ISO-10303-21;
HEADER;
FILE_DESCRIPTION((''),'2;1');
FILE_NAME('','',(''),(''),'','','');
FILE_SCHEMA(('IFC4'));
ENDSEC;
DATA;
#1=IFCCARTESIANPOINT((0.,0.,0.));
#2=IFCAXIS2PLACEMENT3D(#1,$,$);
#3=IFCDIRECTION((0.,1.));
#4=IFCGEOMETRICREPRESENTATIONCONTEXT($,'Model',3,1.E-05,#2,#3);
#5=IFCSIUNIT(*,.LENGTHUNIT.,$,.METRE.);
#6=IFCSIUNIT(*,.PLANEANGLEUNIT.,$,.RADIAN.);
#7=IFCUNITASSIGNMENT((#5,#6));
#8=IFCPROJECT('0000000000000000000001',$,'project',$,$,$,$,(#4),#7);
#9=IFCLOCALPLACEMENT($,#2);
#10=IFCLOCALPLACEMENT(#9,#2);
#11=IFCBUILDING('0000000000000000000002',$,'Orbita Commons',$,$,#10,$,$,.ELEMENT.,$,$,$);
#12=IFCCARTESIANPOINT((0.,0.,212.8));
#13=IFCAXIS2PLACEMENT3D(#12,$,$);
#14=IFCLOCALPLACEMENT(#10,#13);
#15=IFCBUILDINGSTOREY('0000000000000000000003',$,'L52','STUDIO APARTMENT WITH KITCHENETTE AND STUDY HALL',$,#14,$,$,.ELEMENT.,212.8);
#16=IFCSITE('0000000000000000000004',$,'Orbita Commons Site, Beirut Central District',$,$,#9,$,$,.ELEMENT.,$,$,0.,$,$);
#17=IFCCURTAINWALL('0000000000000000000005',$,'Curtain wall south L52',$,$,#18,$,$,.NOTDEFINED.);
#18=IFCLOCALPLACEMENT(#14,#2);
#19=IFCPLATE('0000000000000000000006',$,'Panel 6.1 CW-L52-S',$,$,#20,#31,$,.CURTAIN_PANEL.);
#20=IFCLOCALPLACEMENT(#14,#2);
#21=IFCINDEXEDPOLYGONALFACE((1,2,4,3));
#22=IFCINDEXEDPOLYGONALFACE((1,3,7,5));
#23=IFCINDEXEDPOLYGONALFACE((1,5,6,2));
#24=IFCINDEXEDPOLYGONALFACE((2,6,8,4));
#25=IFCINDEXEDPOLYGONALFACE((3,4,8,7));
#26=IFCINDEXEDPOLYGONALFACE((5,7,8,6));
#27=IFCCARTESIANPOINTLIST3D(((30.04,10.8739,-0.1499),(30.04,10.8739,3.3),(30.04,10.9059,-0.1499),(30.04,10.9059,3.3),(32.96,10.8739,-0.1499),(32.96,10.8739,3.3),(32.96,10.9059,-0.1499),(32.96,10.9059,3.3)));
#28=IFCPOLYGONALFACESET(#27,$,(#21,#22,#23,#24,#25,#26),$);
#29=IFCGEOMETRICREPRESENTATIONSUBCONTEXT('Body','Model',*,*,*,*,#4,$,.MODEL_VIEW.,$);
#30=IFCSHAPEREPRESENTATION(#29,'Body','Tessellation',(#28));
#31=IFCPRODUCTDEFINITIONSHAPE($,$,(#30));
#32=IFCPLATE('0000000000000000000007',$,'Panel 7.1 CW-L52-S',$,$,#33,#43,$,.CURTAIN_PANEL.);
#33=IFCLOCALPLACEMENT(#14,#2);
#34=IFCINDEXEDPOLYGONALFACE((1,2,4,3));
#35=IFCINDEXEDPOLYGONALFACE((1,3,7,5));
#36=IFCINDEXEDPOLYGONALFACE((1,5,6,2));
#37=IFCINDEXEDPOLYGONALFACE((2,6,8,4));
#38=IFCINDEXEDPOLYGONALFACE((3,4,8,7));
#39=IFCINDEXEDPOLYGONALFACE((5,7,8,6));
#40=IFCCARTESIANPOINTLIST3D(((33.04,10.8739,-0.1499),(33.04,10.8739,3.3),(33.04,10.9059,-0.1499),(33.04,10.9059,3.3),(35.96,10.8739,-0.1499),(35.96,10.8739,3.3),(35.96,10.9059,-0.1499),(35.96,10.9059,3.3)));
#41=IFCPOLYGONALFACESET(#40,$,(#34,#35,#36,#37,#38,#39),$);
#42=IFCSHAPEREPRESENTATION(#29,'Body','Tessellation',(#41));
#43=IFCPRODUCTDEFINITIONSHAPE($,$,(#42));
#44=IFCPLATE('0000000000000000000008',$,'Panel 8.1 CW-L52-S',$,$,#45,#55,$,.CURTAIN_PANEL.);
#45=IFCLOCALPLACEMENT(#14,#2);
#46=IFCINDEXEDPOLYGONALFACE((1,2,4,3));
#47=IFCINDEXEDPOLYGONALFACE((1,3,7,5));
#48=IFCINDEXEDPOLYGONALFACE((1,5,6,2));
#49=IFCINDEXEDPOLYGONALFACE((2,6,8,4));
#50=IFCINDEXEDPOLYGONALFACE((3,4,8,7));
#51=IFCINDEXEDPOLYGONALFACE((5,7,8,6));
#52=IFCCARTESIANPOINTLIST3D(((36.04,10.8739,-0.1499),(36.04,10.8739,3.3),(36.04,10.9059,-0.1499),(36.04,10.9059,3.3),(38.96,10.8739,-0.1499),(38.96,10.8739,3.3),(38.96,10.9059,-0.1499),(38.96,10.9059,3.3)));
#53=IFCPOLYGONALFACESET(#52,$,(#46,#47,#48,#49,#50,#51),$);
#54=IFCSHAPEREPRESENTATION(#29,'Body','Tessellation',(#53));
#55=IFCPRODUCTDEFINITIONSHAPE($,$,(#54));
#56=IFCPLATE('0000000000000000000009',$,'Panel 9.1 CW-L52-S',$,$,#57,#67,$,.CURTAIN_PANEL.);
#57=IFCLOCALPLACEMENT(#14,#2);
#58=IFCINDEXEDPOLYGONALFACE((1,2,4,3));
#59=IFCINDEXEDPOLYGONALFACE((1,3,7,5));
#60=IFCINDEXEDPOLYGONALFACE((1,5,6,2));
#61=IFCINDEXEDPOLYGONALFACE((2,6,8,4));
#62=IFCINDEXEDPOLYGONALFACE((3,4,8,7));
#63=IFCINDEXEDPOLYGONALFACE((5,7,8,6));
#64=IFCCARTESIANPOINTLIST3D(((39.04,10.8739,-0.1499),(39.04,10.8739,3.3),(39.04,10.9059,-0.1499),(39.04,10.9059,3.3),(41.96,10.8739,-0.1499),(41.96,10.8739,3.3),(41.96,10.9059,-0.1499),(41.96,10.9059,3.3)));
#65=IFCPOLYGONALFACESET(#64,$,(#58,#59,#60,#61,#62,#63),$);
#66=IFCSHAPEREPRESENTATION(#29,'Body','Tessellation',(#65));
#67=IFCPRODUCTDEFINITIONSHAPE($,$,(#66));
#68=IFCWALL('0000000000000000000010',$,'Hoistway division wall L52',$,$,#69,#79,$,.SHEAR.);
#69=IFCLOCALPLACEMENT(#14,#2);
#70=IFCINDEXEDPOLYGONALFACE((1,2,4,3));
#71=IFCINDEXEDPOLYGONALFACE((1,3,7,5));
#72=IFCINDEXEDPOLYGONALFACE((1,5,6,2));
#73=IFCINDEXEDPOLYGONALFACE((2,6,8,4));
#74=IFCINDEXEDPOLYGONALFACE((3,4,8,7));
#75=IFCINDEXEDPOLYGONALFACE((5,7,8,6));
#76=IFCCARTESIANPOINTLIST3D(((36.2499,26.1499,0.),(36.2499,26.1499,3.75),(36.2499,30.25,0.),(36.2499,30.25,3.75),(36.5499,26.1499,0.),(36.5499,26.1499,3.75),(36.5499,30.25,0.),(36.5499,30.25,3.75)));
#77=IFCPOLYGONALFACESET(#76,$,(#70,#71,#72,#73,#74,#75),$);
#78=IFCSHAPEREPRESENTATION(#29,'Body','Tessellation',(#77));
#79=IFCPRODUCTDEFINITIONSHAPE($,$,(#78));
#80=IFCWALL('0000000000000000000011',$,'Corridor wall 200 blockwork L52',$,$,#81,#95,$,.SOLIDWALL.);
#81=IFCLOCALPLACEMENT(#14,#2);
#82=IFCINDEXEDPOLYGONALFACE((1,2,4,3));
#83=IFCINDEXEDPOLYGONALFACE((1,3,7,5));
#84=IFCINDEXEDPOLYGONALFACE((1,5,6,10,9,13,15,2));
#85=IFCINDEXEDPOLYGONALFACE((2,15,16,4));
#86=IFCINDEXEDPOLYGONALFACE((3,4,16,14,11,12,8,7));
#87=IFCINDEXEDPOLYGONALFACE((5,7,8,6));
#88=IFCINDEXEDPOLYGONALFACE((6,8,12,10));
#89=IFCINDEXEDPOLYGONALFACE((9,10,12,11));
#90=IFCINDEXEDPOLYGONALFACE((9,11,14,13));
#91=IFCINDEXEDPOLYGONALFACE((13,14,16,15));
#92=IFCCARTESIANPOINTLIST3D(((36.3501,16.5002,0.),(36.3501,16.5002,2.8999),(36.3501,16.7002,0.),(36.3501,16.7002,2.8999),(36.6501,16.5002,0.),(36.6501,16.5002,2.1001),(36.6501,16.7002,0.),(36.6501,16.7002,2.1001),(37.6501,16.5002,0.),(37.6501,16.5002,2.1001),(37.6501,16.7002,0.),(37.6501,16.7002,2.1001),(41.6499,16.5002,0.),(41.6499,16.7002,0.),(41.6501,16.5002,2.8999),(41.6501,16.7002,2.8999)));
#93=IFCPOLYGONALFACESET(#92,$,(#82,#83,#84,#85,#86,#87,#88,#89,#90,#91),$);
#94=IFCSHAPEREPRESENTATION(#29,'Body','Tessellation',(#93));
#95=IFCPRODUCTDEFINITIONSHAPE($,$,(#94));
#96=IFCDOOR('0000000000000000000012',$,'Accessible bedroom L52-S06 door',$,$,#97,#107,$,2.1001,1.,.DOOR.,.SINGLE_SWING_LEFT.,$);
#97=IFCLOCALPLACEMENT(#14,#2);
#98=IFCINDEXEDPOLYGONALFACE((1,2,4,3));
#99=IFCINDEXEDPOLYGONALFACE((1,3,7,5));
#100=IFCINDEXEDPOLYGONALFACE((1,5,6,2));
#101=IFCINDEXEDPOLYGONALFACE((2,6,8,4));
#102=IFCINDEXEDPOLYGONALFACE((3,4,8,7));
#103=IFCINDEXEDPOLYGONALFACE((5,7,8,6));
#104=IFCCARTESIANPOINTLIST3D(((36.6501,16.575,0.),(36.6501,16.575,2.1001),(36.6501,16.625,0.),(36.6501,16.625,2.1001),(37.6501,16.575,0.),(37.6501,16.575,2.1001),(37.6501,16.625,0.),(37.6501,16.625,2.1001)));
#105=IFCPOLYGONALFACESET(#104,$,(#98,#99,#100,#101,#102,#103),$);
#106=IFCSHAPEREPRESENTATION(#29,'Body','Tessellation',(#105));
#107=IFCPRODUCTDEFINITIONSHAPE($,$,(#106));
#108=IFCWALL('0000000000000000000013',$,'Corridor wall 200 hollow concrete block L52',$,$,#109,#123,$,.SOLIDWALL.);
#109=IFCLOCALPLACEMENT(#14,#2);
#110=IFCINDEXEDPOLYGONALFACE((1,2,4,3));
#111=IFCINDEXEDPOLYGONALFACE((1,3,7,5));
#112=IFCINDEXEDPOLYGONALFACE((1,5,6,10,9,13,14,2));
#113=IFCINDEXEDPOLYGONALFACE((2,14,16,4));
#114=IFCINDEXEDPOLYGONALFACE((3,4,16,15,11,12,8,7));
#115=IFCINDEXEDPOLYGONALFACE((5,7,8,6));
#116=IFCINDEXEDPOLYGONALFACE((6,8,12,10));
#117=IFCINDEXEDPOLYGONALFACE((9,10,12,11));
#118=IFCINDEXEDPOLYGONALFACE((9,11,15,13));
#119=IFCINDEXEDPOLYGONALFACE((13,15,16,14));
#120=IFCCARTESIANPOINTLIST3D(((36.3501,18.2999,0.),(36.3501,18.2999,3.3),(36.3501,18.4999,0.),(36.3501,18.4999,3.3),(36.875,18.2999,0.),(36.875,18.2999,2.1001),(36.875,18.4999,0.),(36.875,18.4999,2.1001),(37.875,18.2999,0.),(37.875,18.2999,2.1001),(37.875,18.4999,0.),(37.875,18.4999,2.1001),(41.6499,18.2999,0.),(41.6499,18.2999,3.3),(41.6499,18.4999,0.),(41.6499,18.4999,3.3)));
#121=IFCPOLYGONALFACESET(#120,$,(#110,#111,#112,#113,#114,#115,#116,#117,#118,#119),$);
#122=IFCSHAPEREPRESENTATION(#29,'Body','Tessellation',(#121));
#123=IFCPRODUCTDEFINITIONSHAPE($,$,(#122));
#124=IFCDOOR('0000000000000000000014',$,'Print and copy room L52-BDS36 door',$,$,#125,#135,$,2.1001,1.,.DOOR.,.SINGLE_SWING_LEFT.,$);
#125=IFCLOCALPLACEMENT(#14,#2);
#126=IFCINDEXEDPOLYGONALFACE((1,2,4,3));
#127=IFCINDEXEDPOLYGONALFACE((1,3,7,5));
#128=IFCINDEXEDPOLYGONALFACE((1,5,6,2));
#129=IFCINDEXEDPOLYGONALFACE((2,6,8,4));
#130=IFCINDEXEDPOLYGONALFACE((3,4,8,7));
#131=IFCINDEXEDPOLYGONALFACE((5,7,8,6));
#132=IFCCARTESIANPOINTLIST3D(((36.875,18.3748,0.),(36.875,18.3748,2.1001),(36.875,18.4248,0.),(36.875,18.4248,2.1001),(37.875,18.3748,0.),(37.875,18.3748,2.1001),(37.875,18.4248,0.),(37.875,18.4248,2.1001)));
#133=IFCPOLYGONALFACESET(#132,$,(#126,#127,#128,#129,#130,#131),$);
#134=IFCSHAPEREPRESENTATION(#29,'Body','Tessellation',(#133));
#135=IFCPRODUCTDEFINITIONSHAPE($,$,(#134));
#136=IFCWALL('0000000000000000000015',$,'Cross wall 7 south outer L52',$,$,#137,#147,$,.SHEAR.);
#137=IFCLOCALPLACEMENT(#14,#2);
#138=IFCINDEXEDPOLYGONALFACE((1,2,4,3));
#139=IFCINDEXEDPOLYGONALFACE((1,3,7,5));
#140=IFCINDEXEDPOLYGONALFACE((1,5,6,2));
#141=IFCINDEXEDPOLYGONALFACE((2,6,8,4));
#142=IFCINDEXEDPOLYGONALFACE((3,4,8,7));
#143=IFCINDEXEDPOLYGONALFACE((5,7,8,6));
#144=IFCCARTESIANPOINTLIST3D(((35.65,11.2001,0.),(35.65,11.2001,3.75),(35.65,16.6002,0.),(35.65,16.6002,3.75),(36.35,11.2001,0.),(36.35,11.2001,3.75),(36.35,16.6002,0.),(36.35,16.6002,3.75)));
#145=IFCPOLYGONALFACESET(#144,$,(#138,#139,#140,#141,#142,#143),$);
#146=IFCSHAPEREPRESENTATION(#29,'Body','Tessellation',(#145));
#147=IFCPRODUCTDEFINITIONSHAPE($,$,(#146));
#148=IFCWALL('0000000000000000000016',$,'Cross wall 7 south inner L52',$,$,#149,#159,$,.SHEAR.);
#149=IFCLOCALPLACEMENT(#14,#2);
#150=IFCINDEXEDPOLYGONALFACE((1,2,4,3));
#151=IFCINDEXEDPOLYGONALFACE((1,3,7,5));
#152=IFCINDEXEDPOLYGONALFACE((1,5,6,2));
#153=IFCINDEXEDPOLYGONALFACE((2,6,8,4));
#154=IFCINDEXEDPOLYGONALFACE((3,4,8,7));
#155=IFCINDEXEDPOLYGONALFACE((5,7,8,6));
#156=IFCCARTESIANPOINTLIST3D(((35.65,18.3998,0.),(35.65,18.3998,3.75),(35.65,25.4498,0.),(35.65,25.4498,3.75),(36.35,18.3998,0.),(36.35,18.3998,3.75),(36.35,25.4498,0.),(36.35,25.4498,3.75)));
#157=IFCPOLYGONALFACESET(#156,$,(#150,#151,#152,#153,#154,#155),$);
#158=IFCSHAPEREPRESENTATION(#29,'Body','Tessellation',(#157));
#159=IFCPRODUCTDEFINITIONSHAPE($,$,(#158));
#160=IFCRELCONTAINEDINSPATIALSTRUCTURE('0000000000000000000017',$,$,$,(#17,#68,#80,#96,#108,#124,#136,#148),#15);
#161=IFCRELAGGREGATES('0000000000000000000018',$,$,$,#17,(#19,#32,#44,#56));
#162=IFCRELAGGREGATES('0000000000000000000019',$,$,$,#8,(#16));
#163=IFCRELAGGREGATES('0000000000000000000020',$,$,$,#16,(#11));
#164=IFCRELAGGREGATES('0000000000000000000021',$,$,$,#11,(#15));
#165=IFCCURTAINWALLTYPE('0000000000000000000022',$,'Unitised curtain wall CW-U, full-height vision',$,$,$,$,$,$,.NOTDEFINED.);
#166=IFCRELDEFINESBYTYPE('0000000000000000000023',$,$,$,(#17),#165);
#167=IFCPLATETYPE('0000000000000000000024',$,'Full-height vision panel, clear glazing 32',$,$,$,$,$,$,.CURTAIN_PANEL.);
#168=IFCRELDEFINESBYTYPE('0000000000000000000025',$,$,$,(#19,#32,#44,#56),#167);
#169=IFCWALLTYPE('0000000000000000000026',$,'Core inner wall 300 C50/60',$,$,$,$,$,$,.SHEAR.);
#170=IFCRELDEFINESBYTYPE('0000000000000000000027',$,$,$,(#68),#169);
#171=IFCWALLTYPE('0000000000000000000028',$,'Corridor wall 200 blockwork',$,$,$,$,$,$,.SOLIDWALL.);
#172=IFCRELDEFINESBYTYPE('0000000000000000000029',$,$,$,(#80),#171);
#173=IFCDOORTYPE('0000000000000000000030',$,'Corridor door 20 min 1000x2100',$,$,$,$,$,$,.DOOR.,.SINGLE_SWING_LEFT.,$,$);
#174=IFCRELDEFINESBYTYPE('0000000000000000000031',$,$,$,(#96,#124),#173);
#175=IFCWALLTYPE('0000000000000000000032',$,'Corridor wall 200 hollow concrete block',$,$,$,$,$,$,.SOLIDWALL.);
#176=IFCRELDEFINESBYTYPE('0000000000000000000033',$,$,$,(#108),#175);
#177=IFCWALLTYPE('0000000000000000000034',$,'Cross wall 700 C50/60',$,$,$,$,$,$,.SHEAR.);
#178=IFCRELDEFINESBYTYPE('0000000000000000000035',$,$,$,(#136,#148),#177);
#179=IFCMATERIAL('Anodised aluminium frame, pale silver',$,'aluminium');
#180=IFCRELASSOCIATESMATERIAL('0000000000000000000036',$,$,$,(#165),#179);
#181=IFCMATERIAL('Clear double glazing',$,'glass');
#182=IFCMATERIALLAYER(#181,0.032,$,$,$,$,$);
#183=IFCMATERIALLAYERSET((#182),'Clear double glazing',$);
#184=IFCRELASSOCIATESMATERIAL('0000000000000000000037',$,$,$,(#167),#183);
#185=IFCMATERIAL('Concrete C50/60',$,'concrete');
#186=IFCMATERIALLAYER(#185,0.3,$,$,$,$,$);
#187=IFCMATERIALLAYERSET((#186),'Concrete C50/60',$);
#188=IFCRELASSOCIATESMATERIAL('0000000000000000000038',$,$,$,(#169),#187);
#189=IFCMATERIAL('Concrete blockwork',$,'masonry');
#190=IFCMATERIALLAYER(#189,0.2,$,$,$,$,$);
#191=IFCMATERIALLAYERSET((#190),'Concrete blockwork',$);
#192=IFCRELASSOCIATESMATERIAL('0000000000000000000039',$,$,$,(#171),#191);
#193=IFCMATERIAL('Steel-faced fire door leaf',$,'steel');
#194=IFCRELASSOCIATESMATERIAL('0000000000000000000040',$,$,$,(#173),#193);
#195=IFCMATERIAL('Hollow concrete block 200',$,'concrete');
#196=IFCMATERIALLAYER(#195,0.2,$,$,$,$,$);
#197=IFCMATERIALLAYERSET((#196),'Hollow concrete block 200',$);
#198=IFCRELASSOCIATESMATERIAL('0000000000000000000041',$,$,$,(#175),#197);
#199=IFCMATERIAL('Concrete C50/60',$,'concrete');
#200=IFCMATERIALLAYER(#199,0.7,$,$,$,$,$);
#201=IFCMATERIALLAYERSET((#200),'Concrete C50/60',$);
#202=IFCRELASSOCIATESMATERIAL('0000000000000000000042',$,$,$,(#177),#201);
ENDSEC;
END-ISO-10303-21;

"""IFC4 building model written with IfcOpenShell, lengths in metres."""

from ifc_helpers import new_model, si_unit, direction, frame, frame_2d, origin, origin_2d, place, context, subcontext, project, spatial, polyline, rectangle, outline, extrude, material, layer, layer_set, type_object, element, fill, aggregate, save


model = new_model("IFC4")

# Units and contexts
model_context = context("Model", 3, precision=1e-05, world=origin(), true_north=direction((0.0, 1.0)))
body_context = subcontext(model_context, "Body", "Model", "MODEL_VIEW")
ifc_project = project(units=[si_unit("LENGTHUNIT", "METRE"), si_unit("PLANEANGLEUNIT", "RADIAN")], contexts=[model_context])

# Site, building, storey
site_placement = place(None, origin())
site = spatial("IfcSite", under=ifc_project, at=site_placement, Name="Orbita Commons Site, Beirut Central District", CompositionType="ELEMENT", RefElevation=0.0)
building_placement = place(site_placement, origin())
building = spatial("IfcBuilding", under=site, at=building_placement, Name="Orbita Commons", CompositionType="ELEMENT")
storey_placement = place(building_placement, frame((0.0, 0.0, 212.8)))
storey = spatial("IfcBuildingStorey", under=building, at=storey_placement, Name="L52", Description="STUDIO APARTMENT WITH KITCHENETTE AND STUDY HALL", CompositionType="ELEMENT", Elevation=212.8)

# Curtain wall
ifc_material_1 = material(Name="Anodised aluminium frame, pale silver", Category="aluminium")
curtain_wall_type = type_object("IfcCurtainWallType", Name="Unitised curtain wall CW-U, full-height vision", PredefinedType="NOTDEFINED", material=ifc_material_1)
curtain_wall_placement = place(storey_placement, origin())
curtain_wall = element("IfcCurtainWall", 1, at=curtain_wall_placement, inside=storey, type_object=curtain_wall_type, Name="Curtain wall south L52", PredefinedType="NOTDEFINED")

# Plates
ifc_material_2 = material(Name="Clear double glazing", Category="glass")
ifc_layer_1 = layer(ifc_material_2, 0.032)
ifc_layer_set_1 = layer_set([ifc_layer_1], Name="Clear double glazing")
plate_type = type_object("IfcPlateType", Name="Full-height vision panel, clear glazing 32", PredefinedType="CURTAIN_PANEL", material=ifc_layer_set_1)
plate_1_placement = place(storey_placement, frame((31.5, 10.8899, -0.1499), z_axis=(0.0, 0.0, 1.0), x_axis=(1.0, 0.0, 0.0)))
plate_1 = element("IfcPlate", 2, at=plate_1_placement, type_object=plate_type, Name="Panel 6.1 CW-L52-S", PredefinedType="CURTAIN_PANEL", context=body_context, shape_type="SweptSolid", body=[
    extrude(rectangle(XDim=2.9199, YDim=0.032, at=origin_2d()), origin(), (0.0, 0.0, 1.0), 3.45),
])
plate_2_placement = place(storey_placement, frame((34.5, 10.8899, -0.1499), z_axis=(0.0, 0.0, 1.0), x_axis=(1.0, 0.0, 0.0)))
plate_2 = element("IfcPlate", 3, at=plate_2_placement, type_object=plate_type, Name="Panel 7.1 CW-L52-S", PredefinedType="CURTAIN_PANEL", context=body_context, shape_type="SweptSolid", body=[
    extrude(rectangle(XDim=2.9199, YDim=0.032, at=origin_2d()), origin(), (0.0, 0.0, 1.0), 3.45),
])
plate_3_placement = place(storey_placement, frame((37.5, 10.8899, -0.1499), z_axis=(0.0, 0.0, 1.0), x_axis=(1.0, 0.0, 0.0)))
plate_3 = element("IfcPlate", 4, at=plate_3_placement, type_object=plate_type, Name="Panel 8.1 CW-L52-S", PredefinedType="CURTAIN_PANEL", context=body_context, shape_type="SweptSolid", body=[
    extrude(rectangle(XDim=2.9199, YDim=0.032, at=origin_2d()), origin(), (0.0, 0.0, 1.0), 3.45),
])
plate_4_placement = place(storey_placement, frame((40.5, 10.8899, -0.1499), z_axis=(0.0, 0.0, 1.0), x_axis=(1.0, 0.0, 0.0)))
plate_4 = element("IfcPlate", 5, at=plate_4_placement, type_object=plate_type, Name="Panel 9.1 CW-L52-S", PredefinedType="CURTAIN_PANEL", context=body_context, shape_type="SweptSolid", body=[
    extrude(rectangle(XDim=2.9199, YDim=0.032, at=origin_2d()), origin(), (0.0, 0.0, 1.0), 3.45),
])
aggregate(curtain_wall, [plate_1, plate_2, plate_3, plate_4])

# Wall
ifc_material_3 = material(Name="Concrete C50/60", Category="concrete")
ifc_layer_2 = layer(ifc_material_3, 0.3)
ifc_layer_set_2 = layer_set([ifc_layer_2], Name="Concrete C50/60")
wall_type_1 = type_object("IfcWallType", Name="Core inner wall 300 C50/60", PredefinedType="SHEAR", material=ifc_layer_set_2)
wall_1_placement = place(storey_placement, frame((36.3999, 26.1499, 0.0), z_axis=(0.0, 0.0, 1.0), x_axis=(0.0, 1.0, 0.0)))
element("IfcWall", 6, at=wall_1_placement, inside=storey, type_object=wall_type_1, Name="Hoistway division wall L52", PredefinedType="SHEAR", context=body_context, shape_type="SweptSolid", body=[
    extrude(rectangle(XDim=4.1001, YDim=0.3, at=frame_2d((2.05, 0.0))), origin(), (0.0, 0.0, 1.0), 3.75),
])

# Walls, openings, doors
ifc_material_4 = material(Name="Concrete blockwork", Category="masonry")
ifc_layer_3 = layer(ifc_material_4, 0.2)
ifc_layer_set_3 = layer_set([ifc_layer_3], Name="Concrete blockwork")
wall_type_2 = type_object("IfcWallType", Name="Corridor wall 200 blockwork", PredefinedType="SOLIDWALL", material=ifc_layer_set_3)
wall_2_placement = place(storey_placement, frame((36.3501, 16.6001, 0.0), z_axis=(0.0, 0.0, 1.0), x_axis=(1.0, 0.0, 0.0)))
wall_2 = element("IfcWall", 7, at=wall_2_placement, inside=storey, type_object=wall_type_2, Name="Corridor wall 200 blockwork L52", PredefinedType="SOLIDWALL", context=body_context, shape_type="SweptSolid", body=[
    extrude(outline(polyline([(0.0, 0.0), (5.2998, 0.0), (5.3, 2.8999), (0.0, 2.8999), (0.0, 0.0)])), frame((0.0, 0.1001, 0.0), z_axis=(0.0, -1.0, 0.0), x_axis=(1.0, 0.0, 0.0)), (0.0, 0.0, 1.0), 0.2),
])
opening_1_placement = place(wall_2_placement, frame((0.3, 0.0, 0.0)))
opening_1 = element("IfcOpeningElement", 8, at=opening_1_placement, cuts=wall_2, PredefinedType="OPENING", context=body_context, shape_type="SweptSolid", body=[
    extrude(rectangle(XDim=1.0, YDim=2.1001, at=frame_2d((0.5, 1.05))), frame((0.0, 0.1099, 0.0), z_axis=(0.0, -1.0, 0.0), x_axis=(1.0, 0.0, 0.0)), (0.0, 0.0, 1.0), 0.22),
])
ifc_material_5 = material(Name="Steel-faced fire door leaf", Category="steel")
door_type_1 = type_object("IfcDoorType", Name="Corridor door 20 min 1000x2100", OperationType="SINGLE_SWING_LEFT", PredefinedType="DOOR", material=ifc_material_5)
door_1_placement = place(opening_1_placement, origin())
door_1 = element("IfcDoor", 9, at=door_1_placement, inside=storey, type_object=door_type_1, Name="Accessible bedroom L52-S06 door", OperationType="SINGLE_SWING_LEFT", OverallHeight=2.1001, OverallWidth=1.0, PredefinedType="DOOR", context=body_context, shape_type="SweptSolid", body=[
    extrude(rectangle(XDim=1.0, YDim=2.1001, at=frame_2d((0.5, 1.05))), frame((0.0, 0.0249, 0.0), z_axis=(0.0, -1.0, 0.0), x_axis=(1.0, 0.0, 0.0)), (0.0, 0.0, 1.0), 0.05),
])
fill(opening_1, door_1)
ifc_material_6 = material(Name="Hollow concrete block 200", Category="concrete")
ifc_layer_4 = layer(ifc_material_6, 0.2)
ifc_layer_set_4 = layer_set([ifc_layer_4], Name="Hollow concrete block 200")
wall_type_3 = type_object("IfcWallType", Name="Corridor wall 200 hollow concrete block", PredefinedType="SOLIDWALL", material=ifc_layer_set_4)
wall_3_placement = place(storey_placement, frame((36.3501, 18.3999, 0.0), z_axis=(0.0, 0.0, 1.0), x_axis=(1.0, 0.0, 0.0)))
wall_3 = element("IfcWall", 10, at=wall_3_placement, inside=storey, type_object=wall_type_3, Name="Corridor wall 200 hollow concrete block L52", PredefinedType="SOLIDWALL", context=body_context, shape_type="SweptSolid", body=[
    extrude(rectangle(XDim=5.2998, YDim=0.2, at=frame_2d((2.6499, 0.0))), origin(), (0.0, 0.0, 1.0), 3.3),
])
opening_2_placement = place(wall_3_placement, frame((0.5249, 0.0, 0.0)))
opening_2 = element("IfcOpeningElement", 11, at=opening_2_placement, cuts=wall_3, PredefinedType="OPENING", context=body_context, shape_type="SweptSolid", body=[
    extrude(rectangle(XDim=1.0, YDim=2.1001, at=frame_2d((0.5, 1.05))), frame((0.0, 0.1099, 0.0), z_axis=(0.0, -1.0, 0.0), x_axis=(1.0, 0.0, 0.0)), (0.0, 0.0, 1.0), 0.22),
])
door_2_placement = place(opening_2_placement, origin())
door_2 = element("IfcDoor", 12, at=door_2_placement, inside=storey, type_object=door_type_1, Name="Print and copy room L52-BDS36 door", OperationType="SINGLE_SWING_LEFT", OverallHeight=2.1001, OverallWidth=1.0, PredefinedType="DOOR", context=body_context, shape_type="SweptSolid", body=[
    extrude(rectangle(XDim=1.0, YDim=2.1001, at=frame_2d((0.5, 1.05))), frame((0.0, 0.0249, 0.0), z_axis=(0.0, -1.0, 0.0), x_axis=(1.0, 0.0, 0.0)), (0.0, 0.0, 1.0), 0.05),
])
fill(opening_2, door_2)

# Walls
ifc_material_7 = material(Name="Concrete C50/60", Category="concrete")
ifc_layer_5 = layer(ifc_material_7, 0.7)
ifc_layer_set_5 = layer_set([ifc_layer_5], Name="Concrete C50/60")
wall_type_4 = type_object("IfcWallType", Name="Cross wall 700 C50/60", PredefinedType="SHEAR", material=ifc_layer_set_5)
wall_4_placement = place(storey_placement, frame((36.0, 11.2, 0.0), z_axis=(0.0, 0.0, 1.0), x_axis=(0.0, 1.0, 0.0)))
element("IfcWall", 13, at=wall_4_placement, inside=storey, type_object=wall_type_4, Name="Cross wall 7 south outer L52", PredefinedType="SHEAR", context=body_context, shape_type="SweptSolid", body=[
    extrude(rectangle(XDim=5.4001, YDim=0.7, at=frame_2d((2.7002, 0.0))), origin(), (0.0, 0.0, 1.0), 3.75),
])
wall_5_placement = place(storey_placement, frame((36.0, 18.3999, 0.0), z_axis=(0.0, 0.0, 1.0), x_axis=(0.0, 1.0, 0.0)))
element("IfcWall", 14, at=wall_5_placement, inside=storey, type_object=wall_type_4, Name="Cross wall 7 south inner L52", PredefinedType="SHEAR", context=body_context, shape_type="SweptSolid", body=[
    extrude(rectangle(XDim=7.05, YDim=0.7, at=frame_2d((3.5249, 0.0))), origin(), (0.0, 0.0, 1.0), 3.75),
])

save(model, "model.ifc")
